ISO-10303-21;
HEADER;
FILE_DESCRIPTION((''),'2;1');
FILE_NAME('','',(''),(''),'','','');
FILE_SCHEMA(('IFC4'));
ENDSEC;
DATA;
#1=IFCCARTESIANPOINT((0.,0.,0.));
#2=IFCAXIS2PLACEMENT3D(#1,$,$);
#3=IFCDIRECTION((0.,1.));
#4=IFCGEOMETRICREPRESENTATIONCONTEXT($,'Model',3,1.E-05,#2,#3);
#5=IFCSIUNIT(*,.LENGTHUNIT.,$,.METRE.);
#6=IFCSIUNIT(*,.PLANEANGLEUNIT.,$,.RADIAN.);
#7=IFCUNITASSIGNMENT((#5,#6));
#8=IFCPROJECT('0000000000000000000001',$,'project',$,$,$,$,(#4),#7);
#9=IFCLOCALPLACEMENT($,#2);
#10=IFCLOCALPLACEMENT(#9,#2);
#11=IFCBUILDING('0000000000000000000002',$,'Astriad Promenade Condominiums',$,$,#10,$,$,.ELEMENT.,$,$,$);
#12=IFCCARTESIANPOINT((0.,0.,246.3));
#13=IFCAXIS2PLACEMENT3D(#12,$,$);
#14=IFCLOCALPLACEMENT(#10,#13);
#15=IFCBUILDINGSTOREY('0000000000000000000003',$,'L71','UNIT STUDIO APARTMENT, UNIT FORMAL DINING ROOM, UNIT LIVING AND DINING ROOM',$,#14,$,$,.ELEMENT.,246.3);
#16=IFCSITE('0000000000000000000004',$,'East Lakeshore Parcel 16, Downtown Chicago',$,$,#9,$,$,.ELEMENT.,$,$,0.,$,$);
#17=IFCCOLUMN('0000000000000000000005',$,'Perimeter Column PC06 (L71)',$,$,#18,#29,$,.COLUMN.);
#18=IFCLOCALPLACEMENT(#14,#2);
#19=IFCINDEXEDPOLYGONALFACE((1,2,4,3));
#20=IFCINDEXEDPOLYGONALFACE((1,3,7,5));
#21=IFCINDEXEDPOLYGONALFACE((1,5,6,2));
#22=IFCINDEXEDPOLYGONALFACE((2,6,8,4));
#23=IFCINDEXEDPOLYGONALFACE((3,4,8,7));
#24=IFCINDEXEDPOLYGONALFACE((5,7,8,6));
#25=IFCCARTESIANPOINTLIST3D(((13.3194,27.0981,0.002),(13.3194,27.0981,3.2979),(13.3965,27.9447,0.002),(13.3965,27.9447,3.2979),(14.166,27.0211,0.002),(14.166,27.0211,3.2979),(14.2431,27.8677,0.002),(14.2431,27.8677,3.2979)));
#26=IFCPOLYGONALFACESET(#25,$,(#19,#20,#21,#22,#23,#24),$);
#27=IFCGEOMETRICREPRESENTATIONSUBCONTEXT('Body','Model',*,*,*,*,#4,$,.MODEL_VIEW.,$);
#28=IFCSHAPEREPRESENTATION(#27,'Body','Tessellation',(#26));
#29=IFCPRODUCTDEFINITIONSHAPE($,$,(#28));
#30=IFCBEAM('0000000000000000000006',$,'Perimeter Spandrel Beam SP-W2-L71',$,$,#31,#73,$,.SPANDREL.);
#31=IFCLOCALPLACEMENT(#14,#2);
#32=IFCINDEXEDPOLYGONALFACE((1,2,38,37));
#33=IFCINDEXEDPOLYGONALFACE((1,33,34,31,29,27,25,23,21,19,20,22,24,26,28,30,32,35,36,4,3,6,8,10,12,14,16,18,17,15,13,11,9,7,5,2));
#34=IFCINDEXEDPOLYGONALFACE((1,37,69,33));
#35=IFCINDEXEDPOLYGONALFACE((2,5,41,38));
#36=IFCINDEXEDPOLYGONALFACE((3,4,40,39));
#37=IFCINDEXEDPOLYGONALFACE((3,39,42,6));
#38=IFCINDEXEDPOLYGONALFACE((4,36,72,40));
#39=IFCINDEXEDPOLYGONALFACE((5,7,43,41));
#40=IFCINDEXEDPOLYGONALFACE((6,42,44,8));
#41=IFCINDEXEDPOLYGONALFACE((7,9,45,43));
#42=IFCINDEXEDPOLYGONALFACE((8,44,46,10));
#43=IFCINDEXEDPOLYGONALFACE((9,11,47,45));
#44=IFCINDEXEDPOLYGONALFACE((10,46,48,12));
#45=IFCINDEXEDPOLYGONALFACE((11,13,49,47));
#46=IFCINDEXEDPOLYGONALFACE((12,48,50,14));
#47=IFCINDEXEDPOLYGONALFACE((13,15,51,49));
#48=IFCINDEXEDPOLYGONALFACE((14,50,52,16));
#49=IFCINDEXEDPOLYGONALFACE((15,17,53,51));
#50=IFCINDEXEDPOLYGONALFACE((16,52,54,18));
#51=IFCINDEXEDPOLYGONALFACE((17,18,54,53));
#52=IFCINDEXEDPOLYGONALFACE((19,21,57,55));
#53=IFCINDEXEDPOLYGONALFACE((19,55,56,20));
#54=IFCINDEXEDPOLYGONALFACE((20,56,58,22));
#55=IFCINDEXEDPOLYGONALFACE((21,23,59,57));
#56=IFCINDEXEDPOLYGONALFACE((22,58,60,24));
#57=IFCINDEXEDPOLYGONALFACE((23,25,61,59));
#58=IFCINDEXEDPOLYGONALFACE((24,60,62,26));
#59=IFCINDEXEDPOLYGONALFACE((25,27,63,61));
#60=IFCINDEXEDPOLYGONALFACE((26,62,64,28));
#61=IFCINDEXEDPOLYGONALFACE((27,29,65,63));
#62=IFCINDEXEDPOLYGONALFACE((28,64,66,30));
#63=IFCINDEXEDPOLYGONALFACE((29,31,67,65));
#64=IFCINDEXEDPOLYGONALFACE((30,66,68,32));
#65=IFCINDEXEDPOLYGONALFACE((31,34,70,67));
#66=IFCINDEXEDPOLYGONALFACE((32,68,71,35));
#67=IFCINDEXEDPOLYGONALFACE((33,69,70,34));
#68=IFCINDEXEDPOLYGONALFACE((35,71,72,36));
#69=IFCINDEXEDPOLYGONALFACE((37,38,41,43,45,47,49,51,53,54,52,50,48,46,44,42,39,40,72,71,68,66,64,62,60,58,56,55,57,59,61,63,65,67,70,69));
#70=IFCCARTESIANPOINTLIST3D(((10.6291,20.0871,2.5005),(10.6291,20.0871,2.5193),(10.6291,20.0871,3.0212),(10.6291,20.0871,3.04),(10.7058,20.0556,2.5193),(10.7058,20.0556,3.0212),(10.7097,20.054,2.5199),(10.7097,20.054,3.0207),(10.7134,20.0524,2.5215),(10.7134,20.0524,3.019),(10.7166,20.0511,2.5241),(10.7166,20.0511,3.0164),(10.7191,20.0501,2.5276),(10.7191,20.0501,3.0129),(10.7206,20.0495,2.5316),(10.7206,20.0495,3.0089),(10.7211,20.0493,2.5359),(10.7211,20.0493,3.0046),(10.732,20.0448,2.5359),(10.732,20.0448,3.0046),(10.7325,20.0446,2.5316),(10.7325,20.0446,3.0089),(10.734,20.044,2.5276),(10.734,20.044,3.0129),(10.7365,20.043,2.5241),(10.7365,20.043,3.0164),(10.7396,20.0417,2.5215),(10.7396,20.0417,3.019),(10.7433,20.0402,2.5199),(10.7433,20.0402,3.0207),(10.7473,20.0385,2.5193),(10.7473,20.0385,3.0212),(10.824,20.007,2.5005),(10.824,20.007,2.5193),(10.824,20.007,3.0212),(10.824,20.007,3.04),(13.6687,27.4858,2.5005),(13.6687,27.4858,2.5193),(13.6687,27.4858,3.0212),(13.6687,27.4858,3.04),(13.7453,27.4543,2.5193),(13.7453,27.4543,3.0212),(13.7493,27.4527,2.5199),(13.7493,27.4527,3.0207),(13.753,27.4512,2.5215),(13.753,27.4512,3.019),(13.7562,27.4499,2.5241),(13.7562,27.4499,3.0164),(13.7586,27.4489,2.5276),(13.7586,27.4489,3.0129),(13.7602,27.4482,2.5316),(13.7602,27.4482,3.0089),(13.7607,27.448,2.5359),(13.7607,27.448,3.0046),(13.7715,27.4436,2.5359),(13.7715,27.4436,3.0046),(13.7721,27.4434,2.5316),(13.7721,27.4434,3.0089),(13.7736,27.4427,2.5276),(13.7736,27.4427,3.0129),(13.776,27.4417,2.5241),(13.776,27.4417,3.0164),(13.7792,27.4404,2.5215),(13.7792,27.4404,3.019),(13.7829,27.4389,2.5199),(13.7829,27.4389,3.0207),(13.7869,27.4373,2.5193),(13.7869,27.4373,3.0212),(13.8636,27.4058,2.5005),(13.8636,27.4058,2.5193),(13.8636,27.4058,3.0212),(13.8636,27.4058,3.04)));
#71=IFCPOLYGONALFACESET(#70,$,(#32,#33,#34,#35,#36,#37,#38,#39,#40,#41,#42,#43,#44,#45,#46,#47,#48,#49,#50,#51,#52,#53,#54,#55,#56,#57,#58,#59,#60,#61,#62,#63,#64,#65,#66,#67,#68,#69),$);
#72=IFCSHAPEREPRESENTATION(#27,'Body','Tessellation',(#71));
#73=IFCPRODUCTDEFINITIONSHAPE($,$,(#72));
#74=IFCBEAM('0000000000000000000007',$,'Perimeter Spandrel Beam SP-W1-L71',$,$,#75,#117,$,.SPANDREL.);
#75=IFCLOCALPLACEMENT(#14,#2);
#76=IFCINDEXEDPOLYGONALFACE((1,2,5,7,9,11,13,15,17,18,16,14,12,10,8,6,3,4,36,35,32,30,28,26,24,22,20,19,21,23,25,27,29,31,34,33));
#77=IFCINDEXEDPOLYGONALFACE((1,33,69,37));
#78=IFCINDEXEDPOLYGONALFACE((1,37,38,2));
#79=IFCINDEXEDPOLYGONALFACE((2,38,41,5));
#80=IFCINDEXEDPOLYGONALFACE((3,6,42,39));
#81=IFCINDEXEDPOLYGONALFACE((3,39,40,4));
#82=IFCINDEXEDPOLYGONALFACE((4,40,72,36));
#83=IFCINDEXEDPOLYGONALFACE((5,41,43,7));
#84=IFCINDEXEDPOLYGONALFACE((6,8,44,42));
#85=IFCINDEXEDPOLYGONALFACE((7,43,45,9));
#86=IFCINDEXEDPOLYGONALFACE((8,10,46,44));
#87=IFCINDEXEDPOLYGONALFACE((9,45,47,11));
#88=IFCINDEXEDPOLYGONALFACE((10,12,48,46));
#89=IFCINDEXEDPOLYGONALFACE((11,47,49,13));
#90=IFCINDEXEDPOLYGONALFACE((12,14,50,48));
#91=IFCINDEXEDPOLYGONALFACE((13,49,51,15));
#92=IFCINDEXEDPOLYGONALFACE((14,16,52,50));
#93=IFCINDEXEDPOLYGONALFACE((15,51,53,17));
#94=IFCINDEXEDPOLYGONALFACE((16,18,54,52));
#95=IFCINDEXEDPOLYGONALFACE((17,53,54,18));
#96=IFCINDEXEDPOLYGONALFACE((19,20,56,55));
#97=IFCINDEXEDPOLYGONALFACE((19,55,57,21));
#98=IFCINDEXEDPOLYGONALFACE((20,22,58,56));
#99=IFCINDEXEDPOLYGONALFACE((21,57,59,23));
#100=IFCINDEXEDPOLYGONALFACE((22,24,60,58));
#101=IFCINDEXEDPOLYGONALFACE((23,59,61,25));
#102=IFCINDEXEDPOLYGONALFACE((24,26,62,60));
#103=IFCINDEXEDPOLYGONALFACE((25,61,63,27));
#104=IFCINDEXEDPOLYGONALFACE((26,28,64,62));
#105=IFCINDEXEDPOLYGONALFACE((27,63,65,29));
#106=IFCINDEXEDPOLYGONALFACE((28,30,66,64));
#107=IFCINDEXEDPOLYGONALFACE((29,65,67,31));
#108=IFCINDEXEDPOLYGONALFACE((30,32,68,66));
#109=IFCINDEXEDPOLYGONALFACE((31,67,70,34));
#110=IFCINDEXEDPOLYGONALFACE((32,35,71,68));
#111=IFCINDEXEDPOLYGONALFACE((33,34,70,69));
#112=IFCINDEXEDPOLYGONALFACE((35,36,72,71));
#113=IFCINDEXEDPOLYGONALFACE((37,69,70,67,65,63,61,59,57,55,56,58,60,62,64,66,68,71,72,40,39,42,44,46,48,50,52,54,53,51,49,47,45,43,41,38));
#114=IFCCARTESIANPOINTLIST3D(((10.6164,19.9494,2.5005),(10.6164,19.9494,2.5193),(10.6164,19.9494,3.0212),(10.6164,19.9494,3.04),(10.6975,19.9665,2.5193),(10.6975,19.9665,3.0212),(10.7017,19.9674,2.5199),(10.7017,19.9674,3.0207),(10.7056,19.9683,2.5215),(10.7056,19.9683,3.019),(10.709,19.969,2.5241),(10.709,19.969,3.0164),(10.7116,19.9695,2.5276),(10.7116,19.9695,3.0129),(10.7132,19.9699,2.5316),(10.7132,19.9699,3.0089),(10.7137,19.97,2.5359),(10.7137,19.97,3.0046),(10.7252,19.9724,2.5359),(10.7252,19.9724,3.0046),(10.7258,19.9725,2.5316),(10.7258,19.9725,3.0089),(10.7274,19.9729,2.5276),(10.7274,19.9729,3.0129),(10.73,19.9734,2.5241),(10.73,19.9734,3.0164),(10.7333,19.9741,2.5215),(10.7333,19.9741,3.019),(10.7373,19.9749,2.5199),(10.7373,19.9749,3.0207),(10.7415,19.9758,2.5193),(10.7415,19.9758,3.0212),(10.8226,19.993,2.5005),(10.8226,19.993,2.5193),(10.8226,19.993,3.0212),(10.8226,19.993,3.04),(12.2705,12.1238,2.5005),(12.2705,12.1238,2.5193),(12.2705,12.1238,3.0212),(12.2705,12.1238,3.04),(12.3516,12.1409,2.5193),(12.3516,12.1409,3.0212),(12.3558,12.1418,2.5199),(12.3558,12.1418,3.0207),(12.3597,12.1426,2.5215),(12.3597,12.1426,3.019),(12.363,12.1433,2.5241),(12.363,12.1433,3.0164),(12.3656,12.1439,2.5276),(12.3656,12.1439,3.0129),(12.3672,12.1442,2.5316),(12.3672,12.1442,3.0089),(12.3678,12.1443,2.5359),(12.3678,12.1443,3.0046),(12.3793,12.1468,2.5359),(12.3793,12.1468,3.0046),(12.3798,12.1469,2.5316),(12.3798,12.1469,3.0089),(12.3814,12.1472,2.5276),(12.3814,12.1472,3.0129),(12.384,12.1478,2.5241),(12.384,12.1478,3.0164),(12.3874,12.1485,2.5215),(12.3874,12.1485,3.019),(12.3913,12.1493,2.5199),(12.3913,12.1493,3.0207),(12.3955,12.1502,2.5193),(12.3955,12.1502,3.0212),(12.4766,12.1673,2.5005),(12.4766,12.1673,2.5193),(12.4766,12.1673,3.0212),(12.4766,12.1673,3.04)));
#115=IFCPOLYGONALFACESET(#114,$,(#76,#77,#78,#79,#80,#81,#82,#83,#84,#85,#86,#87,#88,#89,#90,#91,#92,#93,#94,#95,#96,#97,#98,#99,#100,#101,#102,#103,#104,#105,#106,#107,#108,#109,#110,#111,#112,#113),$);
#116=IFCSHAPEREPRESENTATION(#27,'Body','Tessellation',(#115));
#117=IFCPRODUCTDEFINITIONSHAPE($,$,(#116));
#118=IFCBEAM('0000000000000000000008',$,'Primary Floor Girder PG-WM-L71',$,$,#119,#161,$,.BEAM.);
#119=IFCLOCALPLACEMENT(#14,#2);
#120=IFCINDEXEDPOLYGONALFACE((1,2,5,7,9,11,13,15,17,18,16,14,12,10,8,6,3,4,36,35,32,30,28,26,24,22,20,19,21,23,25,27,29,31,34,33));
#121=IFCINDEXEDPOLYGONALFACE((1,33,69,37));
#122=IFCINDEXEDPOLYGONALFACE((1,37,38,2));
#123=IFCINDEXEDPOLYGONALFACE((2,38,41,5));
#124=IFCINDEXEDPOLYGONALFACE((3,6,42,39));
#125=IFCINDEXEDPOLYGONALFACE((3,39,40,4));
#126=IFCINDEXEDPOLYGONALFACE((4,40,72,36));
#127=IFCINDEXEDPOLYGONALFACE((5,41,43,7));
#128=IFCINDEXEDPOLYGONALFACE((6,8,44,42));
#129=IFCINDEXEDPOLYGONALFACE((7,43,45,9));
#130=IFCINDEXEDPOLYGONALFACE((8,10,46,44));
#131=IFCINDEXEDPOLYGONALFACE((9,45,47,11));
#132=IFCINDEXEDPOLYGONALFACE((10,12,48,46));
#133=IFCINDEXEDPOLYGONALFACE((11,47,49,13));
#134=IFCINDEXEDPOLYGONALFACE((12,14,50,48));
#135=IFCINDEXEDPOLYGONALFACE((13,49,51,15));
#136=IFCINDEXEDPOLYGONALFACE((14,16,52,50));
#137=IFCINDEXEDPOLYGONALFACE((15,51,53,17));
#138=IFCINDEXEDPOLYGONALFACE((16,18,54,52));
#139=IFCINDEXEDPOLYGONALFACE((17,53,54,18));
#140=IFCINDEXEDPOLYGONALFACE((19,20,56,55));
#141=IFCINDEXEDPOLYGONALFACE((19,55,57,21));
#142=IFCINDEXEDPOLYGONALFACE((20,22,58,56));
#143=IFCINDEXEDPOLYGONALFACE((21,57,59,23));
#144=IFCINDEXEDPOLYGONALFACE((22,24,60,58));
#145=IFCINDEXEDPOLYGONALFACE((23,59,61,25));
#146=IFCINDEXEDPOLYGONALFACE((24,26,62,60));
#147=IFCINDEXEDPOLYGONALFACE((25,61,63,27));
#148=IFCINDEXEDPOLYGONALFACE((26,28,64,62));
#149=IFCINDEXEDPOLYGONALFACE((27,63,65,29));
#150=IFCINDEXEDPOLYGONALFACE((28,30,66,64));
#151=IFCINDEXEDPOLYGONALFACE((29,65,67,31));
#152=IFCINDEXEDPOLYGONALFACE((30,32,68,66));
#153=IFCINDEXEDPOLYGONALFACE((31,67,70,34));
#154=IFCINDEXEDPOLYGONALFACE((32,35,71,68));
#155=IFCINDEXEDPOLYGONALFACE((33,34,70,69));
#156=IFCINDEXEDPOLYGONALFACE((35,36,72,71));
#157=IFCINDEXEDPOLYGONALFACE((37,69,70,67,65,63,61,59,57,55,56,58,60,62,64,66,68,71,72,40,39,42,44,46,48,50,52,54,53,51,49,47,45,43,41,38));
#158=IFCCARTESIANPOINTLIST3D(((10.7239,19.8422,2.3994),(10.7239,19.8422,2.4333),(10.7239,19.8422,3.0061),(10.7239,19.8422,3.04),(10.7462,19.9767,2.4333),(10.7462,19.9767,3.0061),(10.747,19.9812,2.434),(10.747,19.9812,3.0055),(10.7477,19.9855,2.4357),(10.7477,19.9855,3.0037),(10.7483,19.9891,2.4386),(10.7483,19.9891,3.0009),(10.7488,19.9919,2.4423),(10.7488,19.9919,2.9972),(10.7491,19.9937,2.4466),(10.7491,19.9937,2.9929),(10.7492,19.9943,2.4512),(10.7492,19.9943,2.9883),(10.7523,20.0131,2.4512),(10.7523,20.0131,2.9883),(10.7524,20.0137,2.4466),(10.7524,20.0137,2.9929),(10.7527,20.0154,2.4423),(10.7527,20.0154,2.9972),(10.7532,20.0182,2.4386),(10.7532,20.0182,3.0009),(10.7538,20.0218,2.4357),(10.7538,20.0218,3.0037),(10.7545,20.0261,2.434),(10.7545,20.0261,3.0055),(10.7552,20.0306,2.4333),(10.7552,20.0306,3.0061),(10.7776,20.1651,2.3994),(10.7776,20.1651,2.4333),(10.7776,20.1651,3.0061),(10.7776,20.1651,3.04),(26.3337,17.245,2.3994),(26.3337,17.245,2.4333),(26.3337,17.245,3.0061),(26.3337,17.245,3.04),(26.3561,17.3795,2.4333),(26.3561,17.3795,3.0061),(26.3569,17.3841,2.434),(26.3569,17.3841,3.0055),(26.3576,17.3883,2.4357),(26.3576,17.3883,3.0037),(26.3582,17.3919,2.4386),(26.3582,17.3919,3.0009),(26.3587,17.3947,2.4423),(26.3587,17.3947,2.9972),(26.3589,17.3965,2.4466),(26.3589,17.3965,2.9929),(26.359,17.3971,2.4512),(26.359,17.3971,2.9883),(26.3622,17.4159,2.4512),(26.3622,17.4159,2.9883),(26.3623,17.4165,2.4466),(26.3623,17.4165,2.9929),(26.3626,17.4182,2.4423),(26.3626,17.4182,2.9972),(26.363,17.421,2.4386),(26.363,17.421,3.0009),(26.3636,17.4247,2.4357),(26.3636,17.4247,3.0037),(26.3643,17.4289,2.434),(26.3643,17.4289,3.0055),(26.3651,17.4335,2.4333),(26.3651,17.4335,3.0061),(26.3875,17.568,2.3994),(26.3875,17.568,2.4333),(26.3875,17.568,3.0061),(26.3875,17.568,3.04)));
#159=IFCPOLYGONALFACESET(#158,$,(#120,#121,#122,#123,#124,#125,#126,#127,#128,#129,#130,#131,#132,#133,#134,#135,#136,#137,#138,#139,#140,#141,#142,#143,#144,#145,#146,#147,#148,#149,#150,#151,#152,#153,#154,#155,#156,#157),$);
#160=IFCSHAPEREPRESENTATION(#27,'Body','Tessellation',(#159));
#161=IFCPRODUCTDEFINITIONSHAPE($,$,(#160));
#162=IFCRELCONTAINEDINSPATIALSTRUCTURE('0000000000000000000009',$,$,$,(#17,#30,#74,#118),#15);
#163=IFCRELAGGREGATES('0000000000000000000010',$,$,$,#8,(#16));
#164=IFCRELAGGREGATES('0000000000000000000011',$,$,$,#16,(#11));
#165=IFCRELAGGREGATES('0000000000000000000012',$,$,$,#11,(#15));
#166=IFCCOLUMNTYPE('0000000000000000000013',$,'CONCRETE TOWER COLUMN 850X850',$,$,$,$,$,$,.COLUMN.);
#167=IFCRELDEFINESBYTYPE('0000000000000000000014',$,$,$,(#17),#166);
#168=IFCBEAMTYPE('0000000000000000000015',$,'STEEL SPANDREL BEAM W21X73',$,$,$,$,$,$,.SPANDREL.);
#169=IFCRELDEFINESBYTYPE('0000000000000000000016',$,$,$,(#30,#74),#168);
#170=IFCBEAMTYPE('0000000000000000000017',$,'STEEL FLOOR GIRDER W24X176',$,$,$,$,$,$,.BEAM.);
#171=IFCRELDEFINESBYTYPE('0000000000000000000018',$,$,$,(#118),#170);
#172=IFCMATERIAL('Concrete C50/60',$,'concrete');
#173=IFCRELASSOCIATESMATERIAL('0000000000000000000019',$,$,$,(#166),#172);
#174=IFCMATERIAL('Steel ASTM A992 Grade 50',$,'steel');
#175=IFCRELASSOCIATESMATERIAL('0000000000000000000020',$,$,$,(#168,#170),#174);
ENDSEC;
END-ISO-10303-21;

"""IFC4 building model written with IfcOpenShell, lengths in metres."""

from ifc_helpers import new_model, si_unit, direction, frame, origin, origin_2d, place, context, subcontext, project, spatial, rectangle, i_section, extrude, source, transform, mapped, material, material_profile, profile_set, type_object, type_shapes, element, save


model = new_model("IFC4")

# Units and contexts
model_context = context("Model", 3, precision=1e-05, world=origin(), true_north=direction((0.0, 1.0)))
body_context = subcontext(model_context, "Body", "Model", "MODEL_VIEW")
ifc_project = project(units=[si_unit("LENGTHUNIT", "METRE"), si_unit("PLANEANGLEUNIT", "RADIAN")], contexts=[model_context])

# Site, building, storey
site_placement = place(None, origin())
site = spatial("IfcSite", under=ifc_project, at=site_placement, Name="East Lakeshore Parcel 16, Downtown Chicago", CompositionType="ELEMENT", RefElevation=0.0)
building_placement = place(site_placement, origin())
building = spatial("IfcBuilding", under=site, at=building_placement, Name="Astriad Promenade Condominiums", CompositionType="ELEMENT")
storey_placement = place(building_placement, frame((0.0, 0.0, 246.3)))
storey = spatial("IfcBuildingStorey", under=building, at=storey_placement, Name="L71", Description="UNIT STUDIO APARTMENT, UNIT FORMAL DINING ROOM, UNIT LIVING AND DINING ROOM", CompositionType="ELEMENT", Elevation=246.3)

# Column
ifc_material_1 = material(Name="Concrete C50/60", Category="concrete")
ifc_material_profile_1 = material_profile(ifc_material_1, rectangle(XDim=0.8501, YDim=0.8501, at=origin_2d()), Name="RC-COL-850X850")
ifc_profile_set_1 = profile_set([ifc_material_profile_1], Name="Concrete C50/60")
column_type = type_object("IfcColumnType", Name="CONCRETE TOWER COLUMN 850X850", PredefinedType="COLUMN", material=ifc_profile_set_1)
shared_shape_1 = source(origin(), body_context, "Body", "SweptSolid", [
    extrude(rectangle(XDim=0.8501, YDim=0.8501, at=origin_2d()), origin(), (0.0, 0.0, 1.0), 3.2959),
])
type_shapes(column_type, [shared_shape_1])
column_placement = place(storey_placement, frame((13.7812, 27.4829, 0.002), z_axis=(0.0, 0.0, 1.0), x_axis=(0.995884, -0.090633, 0.0)))
element("IfcColumn", 1, at=column_placement, inside=storey, type_object=column_type, Name="Perimeter Column PC06 (L71)", PredefinedType="COLUMN", context=body_context, shape_type="MappedRepresentation", body=[
    mapped(shared_shape_1, transform((0.0, 0.0, 0.0), scale=1.0)),
])

# Beams
ifc_material_2 = material(Name="Steel ASTM A992 Grade 50", Category="steel")
ifc_material_profile_2 = material_profile(ifc_material_2, i_section(OverallWidth=0.2107, OverallDepth=0.5396, WebThickness=0.0117, FlangeThickness=0.0188, FilletRadius=0.0166, at=origin_2d()), Name="W21X73")
ifc_profile_set_2 = profile_set([ifc_material_profile_2], Name="Steel ASTM A992 Grade 50")
beam_type_1 = type_object("IfcBeamType", Name="STEEL SPANDREL BEAM W21X73", PredefinedType="SPANDREL", material=ifc_profile_set_2)
shared_shape_2 = source(origin(), body_context, "Body", "SweptSolid", [
    extrude(i_section(OverallWidth=0.2107, OverallDepth=0.5396, WebThickness=0.0117, FlangeThickness=0.0188, FilletRadius=0.0166, at=origin_2d()), origin(), (0.0, 0.0, 1.0), 7.9988),
])
beam_1_placement = place(storey_placement, frame((13.7661, 27.4458, 2.7703), z_axis=(-0.380005, -0.924984, 0.0), x_axis=(0.924984, -0.380005, 0.0)))
element("IfcBeam", 2, at=beam_1_placement, inside=storey, type_object=beam_type_1, Name="Perimeter Spandrel Beam SP-W2-L71", PredefinedType="SPANDREL", context=body_context, shape_type="MappedRepresentation", body=[
    mapped(shared_shape_2, transform((0.0, 0.0, 0.0), scale=1.0)),
])
shared_shape_3 = source(origin(), body_context, "Body", "SweptSolid", [
    extrude(i_section(OverallWidth=0.2107, OverallDepth=0.5396, WebThickness=0.0117, FlangeThickness=0.0188, FilletRadius=0.0166, at=origin_2d()), origin(), (0.0, 0.0, 1.0), 7.9985),
])
type_shapes(beam_type_1, [shared_shape_2, shared_shape_3])
beam_2_placement = place(storey_placement, frame((10.7195, 19.9712, 2.7703), z_axis=(0.206793, -0.978385, 0.0), x_axis=(0.978385, 0.206793, 0.0)))
element("IfcBeam", 3, at=beam_2_placement, inside=storey, type_object=beam_type_1, Name="Perimeter Spandrel Beam SP-W1-L71", PredefinedType="SPANDREL", context=body_context, shape_type="MappedRepresentation", body=[
    mapped(shared_shape_3, transform((0.0, 0.0, 0.0), scale=1.0)),
])
ifc_material_profile_3 = material_profile(ifc_material_2, i_section(OverallWidth=0.3274, OverallDepth=0.6406, WebThickness=0.019, FlangeThickness=0.0339, FilletRadius=0.0178, at=origin_2d()), Name="W24X176")
ifc_profile_set_3 = profile_set([ifc_material_profile_3], Name="Steel ASTM A992 Grade 50")
beam_type_2 = type_object("IfcBeamType", Name="STEEL FLOOR GIRDER W24X176", PredefinedType="BEAM", material=ifc_profile_set_3)
shared_shape_4 = source(origin(), body_context, "Body", "SweptSolid", [
    extrude(i_section(OverallWidth=0.3274, OverallDepth=0.6406, WebThickness=0.019, FlangeThickness=0.0339, FilletRadius=0.0178, at=origin_2d()), origin(), (0.0, 0.0, 1.0), 15.8245),
])
type_shapes(beam_type_2, [shared_shape_4])
beam_3_placement = place(storey_placement, frame((10.7507, 20.0037, 2.7197), z_axis=(0.98644, -0.164124, 0.0), x_axis=(0.164124, 0.98644, 0.0)))
element("IfcBeam", 4, at=beam_3_placement, inside=storey, type_object=beam_type_2, Name="Primary Floor Girder PG-WM-L71", PredefinedType="BEAM", context=body_context, shape_type="MappedRepresentation", body=[
    mapped(shared_shape_4, transform((0.0, 0.0, 0.0), scale=1.0)),
])

save(model, "model.ifc")
